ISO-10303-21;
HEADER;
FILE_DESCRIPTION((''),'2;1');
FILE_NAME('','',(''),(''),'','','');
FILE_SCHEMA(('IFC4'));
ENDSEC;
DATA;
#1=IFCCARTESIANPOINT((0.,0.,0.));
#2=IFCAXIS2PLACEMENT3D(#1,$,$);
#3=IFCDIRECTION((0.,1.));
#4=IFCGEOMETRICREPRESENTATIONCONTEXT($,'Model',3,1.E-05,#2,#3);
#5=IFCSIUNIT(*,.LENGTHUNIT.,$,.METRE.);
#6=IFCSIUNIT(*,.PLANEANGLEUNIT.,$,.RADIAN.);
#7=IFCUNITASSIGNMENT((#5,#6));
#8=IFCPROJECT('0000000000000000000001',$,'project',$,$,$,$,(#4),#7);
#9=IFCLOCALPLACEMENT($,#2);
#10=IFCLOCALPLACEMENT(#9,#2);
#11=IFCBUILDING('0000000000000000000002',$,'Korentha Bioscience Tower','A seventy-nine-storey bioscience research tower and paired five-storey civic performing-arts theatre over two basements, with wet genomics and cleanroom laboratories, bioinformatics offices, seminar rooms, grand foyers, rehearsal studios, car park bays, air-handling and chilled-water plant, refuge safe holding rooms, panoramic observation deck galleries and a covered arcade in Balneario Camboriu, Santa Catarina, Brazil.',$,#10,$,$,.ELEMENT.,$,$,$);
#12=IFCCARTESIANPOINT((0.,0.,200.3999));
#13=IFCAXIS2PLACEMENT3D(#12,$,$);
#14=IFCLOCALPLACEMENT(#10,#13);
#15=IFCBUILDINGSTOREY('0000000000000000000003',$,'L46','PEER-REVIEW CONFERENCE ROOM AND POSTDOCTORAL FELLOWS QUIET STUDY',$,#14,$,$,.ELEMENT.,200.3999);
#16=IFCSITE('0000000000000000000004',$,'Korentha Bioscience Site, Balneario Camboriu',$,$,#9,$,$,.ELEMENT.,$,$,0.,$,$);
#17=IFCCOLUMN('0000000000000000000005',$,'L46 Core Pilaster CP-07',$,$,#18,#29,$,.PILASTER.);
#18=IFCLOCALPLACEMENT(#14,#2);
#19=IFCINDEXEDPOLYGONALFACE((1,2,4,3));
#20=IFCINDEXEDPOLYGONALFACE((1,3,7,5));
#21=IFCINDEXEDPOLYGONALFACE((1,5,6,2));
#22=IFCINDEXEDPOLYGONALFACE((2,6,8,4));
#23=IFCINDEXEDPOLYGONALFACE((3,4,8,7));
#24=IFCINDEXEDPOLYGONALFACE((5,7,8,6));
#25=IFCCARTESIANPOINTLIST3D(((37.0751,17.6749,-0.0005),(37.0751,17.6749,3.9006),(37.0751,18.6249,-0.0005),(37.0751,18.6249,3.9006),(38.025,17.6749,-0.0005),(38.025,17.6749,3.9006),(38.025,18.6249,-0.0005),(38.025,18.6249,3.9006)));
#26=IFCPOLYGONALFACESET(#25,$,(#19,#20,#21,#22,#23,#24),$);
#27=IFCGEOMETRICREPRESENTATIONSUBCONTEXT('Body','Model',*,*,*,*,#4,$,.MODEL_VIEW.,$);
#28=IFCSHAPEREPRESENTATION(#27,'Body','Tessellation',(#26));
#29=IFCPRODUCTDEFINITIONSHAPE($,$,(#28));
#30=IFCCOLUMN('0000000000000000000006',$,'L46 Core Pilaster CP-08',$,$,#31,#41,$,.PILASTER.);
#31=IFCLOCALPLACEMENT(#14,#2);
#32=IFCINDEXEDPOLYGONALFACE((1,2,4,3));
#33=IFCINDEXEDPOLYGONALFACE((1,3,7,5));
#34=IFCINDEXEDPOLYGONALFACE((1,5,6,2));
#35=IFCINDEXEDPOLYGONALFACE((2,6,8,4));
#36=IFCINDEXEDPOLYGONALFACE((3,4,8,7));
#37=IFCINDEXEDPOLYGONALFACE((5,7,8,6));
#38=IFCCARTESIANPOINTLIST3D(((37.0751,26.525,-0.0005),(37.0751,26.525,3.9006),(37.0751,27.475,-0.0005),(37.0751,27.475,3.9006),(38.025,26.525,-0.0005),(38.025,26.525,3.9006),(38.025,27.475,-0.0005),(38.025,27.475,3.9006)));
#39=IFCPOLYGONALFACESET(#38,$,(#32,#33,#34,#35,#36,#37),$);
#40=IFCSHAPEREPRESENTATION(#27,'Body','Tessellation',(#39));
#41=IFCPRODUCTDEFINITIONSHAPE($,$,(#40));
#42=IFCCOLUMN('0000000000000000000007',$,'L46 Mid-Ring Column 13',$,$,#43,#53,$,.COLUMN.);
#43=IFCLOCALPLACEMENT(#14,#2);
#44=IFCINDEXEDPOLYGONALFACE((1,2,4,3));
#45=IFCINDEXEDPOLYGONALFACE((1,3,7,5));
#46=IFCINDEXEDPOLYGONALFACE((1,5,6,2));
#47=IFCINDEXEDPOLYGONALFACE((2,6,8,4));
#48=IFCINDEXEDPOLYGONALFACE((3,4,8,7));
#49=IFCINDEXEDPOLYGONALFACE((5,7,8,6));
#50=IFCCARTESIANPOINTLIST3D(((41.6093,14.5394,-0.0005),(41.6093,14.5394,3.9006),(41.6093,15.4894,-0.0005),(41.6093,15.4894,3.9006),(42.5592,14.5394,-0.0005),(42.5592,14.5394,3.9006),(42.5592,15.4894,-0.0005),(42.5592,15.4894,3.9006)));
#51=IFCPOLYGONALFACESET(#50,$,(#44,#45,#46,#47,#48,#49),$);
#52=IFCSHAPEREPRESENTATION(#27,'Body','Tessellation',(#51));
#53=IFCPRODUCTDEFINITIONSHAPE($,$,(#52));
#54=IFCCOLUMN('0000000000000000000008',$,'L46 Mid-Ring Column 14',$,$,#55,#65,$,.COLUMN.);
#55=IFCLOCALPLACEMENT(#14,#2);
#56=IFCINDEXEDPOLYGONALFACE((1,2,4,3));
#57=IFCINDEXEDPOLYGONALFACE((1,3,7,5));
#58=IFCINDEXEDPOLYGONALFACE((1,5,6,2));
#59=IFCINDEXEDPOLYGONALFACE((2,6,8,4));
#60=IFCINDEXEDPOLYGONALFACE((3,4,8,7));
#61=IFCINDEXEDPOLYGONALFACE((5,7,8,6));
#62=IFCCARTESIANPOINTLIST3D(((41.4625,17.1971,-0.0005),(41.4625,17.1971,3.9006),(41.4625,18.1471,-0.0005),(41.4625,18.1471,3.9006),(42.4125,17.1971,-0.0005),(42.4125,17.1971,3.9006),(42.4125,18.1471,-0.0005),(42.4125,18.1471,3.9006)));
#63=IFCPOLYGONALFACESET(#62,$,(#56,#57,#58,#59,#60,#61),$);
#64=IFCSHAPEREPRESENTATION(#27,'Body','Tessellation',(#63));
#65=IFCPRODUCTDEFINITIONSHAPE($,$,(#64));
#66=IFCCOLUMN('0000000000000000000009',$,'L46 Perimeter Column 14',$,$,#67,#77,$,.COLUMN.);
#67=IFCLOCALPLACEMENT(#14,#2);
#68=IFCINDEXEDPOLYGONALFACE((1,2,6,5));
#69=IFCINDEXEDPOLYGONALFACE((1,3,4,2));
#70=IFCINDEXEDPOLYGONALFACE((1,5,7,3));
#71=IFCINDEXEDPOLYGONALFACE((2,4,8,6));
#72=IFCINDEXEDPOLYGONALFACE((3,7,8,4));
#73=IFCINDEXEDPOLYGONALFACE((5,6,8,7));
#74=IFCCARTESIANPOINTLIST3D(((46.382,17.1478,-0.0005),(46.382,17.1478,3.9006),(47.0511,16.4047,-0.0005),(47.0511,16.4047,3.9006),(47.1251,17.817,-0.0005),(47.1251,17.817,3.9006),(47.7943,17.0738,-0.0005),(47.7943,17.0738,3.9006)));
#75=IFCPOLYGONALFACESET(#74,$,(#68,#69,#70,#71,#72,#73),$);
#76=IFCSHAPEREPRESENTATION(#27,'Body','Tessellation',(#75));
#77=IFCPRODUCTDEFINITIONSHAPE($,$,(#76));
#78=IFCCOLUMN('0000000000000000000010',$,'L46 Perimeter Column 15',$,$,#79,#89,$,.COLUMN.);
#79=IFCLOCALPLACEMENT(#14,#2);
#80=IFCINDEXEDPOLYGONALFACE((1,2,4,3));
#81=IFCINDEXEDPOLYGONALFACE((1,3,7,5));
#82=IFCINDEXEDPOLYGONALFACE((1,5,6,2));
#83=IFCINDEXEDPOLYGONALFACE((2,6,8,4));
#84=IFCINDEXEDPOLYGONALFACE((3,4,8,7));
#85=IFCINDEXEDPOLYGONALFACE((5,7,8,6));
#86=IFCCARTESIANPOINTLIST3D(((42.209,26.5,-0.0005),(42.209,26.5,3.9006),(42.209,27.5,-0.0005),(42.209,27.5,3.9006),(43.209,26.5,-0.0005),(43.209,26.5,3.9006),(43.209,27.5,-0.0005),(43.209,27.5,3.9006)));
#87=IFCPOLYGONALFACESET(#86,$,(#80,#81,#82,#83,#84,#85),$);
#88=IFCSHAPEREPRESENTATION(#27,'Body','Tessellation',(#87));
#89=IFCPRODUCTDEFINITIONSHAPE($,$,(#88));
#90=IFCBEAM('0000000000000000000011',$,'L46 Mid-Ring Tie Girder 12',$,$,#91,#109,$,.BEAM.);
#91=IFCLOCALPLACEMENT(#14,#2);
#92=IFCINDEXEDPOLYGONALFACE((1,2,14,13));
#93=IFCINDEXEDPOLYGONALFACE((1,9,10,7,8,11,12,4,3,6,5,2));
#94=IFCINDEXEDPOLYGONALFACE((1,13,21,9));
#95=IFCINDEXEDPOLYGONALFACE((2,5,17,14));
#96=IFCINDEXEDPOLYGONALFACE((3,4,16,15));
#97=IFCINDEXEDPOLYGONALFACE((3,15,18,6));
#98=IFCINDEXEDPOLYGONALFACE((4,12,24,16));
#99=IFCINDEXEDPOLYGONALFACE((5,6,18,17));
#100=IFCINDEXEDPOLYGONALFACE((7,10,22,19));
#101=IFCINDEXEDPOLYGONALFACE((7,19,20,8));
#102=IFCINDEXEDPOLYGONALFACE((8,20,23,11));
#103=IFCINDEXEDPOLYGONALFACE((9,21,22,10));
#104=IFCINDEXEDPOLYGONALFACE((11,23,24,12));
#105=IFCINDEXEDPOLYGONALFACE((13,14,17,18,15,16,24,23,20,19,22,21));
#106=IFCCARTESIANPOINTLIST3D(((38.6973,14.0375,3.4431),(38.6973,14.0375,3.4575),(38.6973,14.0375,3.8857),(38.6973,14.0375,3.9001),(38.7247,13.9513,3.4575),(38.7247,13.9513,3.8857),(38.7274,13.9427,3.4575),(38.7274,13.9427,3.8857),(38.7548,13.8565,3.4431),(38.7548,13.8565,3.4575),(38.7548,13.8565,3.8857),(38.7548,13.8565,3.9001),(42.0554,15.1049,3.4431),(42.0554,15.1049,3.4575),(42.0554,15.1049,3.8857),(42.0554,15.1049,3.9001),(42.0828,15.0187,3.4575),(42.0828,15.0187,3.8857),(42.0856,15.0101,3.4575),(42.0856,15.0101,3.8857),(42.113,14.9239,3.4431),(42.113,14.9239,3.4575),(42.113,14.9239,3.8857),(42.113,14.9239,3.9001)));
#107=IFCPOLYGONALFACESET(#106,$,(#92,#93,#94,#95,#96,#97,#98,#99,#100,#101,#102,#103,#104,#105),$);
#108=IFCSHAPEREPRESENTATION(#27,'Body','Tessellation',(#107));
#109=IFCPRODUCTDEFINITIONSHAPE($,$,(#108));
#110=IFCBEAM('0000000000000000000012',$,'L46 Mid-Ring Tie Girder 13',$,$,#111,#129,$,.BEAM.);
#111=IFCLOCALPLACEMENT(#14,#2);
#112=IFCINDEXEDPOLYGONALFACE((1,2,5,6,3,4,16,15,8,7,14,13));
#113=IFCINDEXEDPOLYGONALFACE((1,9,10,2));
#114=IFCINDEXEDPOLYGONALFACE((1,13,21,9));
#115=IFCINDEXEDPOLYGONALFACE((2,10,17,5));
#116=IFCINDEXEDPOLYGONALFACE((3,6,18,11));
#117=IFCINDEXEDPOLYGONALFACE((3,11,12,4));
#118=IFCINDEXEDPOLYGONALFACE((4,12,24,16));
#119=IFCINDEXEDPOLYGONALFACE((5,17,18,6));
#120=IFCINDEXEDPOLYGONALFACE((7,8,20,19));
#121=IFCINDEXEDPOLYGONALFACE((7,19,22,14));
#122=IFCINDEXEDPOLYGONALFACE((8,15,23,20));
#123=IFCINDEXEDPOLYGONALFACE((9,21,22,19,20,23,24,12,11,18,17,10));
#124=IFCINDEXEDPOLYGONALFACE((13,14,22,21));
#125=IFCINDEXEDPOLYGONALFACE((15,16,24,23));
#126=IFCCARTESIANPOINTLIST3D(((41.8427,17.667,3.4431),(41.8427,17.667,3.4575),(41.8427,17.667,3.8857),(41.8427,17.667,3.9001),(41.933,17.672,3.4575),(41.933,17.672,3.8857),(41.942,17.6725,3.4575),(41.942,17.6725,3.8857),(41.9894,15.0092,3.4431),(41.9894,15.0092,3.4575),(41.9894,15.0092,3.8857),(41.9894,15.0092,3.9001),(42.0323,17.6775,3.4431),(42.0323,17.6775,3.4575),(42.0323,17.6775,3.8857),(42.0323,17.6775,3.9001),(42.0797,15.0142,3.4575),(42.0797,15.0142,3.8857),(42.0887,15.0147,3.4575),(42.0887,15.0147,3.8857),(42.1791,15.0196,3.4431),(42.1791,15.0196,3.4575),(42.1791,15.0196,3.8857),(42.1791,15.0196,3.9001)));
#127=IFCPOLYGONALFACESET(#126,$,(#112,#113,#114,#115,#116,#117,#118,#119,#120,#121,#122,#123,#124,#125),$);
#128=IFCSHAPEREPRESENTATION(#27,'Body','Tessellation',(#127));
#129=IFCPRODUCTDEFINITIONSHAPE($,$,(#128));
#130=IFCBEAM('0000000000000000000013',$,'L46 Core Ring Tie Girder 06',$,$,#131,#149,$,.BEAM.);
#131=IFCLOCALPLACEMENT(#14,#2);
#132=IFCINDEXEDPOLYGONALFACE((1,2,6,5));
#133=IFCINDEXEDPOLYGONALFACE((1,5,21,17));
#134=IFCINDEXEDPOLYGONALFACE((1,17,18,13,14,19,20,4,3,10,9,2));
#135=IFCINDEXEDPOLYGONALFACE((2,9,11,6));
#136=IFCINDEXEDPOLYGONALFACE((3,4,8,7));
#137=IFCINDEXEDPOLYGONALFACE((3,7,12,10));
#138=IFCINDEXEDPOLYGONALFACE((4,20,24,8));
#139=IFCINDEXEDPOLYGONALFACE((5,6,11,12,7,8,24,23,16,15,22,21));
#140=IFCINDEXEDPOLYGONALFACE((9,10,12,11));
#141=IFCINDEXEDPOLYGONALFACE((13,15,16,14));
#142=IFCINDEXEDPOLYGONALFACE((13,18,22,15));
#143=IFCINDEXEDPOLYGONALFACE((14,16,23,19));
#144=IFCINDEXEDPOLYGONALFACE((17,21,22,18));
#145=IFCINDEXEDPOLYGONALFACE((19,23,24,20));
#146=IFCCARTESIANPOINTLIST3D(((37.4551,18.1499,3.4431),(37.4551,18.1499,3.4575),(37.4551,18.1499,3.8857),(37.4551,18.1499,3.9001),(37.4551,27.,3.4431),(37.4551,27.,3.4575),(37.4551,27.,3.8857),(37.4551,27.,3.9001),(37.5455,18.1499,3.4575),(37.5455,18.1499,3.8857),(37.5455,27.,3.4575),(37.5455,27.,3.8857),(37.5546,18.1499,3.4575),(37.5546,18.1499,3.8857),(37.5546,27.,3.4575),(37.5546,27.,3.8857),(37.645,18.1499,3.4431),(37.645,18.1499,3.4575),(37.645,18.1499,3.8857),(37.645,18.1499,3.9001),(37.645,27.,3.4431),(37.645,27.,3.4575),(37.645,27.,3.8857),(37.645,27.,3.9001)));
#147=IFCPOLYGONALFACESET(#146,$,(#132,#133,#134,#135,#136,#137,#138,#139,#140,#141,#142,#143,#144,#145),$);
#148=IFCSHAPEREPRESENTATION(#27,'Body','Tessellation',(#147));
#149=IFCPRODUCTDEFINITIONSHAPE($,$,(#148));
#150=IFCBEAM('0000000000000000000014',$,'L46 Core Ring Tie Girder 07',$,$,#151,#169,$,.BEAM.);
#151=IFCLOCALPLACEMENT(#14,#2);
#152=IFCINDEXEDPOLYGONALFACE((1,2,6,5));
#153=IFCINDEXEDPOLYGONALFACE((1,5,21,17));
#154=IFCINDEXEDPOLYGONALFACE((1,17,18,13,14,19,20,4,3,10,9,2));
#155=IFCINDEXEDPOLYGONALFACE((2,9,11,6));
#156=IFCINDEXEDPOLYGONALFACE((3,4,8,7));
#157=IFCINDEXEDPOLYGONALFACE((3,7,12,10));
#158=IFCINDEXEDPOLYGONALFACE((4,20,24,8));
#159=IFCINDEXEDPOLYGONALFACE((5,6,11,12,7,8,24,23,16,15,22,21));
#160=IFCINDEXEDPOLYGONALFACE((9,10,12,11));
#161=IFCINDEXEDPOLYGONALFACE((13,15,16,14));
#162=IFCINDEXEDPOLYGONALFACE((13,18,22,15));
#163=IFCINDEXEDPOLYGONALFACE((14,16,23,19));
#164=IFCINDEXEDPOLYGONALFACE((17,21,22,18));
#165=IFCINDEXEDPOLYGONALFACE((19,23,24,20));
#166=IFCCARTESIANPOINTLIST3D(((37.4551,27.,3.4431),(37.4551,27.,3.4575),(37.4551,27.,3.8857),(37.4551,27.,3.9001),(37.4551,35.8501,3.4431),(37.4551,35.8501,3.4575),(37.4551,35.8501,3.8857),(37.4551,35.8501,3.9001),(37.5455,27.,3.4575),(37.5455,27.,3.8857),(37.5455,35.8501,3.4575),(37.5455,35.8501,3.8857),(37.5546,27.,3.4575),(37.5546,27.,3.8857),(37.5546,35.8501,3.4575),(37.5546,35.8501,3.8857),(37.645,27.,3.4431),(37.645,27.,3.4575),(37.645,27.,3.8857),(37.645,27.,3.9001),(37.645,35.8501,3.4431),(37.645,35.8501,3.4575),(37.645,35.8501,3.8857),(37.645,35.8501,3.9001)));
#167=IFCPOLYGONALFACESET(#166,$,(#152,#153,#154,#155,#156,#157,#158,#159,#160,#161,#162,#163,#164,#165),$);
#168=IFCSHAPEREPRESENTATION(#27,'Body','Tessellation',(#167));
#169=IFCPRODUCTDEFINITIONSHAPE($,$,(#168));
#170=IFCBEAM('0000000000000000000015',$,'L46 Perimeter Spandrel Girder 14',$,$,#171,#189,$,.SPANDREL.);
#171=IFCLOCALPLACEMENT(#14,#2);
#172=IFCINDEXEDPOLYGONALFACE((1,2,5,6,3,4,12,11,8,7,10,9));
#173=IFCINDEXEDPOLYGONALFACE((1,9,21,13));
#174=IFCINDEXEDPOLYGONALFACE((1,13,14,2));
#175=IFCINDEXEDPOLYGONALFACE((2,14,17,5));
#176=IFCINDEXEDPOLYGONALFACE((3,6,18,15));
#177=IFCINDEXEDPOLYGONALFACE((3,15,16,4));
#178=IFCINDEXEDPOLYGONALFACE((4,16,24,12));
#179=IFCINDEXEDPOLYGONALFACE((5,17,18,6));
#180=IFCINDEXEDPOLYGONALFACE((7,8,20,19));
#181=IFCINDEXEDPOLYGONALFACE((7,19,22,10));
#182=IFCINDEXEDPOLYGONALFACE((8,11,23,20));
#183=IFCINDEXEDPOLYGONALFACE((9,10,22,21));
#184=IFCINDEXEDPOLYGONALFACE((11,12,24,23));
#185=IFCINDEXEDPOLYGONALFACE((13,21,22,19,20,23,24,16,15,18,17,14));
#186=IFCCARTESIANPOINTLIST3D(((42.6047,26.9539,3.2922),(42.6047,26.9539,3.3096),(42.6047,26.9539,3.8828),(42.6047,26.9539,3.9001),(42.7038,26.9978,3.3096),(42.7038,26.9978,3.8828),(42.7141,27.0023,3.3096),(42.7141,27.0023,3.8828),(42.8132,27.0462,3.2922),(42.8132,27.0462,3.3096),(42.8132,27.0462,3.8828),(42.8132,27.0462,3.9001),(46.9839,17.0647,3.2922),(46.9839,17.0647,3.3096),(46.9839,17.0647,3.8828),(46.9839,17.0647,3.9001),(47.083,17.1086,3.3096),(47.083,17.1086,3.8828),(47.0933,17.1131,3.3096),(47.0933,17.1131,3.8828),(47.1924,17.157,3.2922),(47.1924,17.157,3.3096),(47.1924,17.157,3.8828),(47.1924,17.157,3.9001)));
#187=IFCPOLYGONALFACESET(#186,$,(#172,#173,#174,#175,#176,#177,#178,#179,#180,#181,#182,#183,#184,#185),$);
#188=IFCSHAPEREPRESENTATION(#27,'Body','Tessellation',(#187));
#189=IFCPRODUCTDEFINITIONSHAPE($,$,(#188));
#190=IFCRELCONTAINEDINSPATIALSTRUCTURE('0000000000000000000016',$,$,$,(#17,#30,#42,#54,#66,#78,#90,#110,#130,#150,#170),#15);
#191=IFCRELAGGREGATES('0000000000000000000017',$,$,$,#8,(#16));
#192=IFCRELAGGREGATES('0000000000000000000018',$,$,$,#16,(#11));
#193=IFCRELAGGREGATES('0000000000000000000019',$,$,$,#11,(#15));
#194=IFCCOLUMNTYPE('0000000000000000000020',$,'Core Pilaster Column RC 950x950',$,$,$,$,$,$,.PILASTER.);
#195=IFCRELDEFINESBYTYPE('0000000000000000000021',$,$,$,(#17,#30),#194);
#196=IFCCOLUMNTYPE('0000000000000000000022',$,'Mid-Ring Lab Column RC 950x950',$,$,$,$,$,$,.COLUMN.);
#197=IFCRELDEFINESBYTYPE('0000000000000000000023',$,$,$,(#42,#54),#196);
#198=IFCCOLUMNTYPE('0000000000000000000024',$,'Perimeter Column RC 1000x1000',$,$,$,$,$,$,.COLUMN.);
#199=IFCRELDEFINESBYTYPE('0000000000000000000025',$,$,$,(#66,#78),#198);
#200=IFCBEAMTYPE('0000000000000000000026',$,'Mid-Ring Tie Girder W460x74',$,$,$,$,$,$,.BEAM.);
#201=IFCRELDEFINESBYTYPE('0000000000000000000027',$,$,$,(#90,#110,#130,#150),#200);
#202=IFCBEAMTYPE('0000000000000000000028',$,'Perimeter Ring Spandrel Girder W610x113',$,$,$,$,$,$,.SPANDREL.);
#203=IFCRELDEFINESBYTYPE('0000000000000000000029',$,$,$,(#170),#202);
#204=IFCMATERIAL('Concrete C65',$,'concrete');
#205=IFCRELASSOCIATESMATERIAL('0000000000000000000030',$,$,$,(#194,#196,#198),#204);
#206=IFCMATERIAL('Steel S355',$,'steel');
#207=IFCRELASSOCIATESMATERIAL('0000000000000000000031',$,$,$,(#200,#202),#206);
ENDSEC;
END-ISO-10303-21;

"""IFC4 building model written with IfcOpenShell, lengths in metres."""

from ifc_helpers import new_model, si_unit, direction, frame, origin, origin_2d, place, context, subcontext, project, spatial, rectangle, i_section, extrude, material, material_profile, profile_set, type_object, element, save


model = new_model("IFC4")

# Units and contexts
model_context = context("Model", 3, precision=1e-05, world=origin(), true_north=direction((0.0, 1.0)))
body_context = subcontext(model_context, "Body", "Model", "MODEL_VIEW")
ifc_project = project(units=[si_unit("LENGTHUNIT", "METRE"), si_unit("PLANEANGLEUNIT", "RADIAN")], contexts=[model_context])

# Site, building, storey
site_placement = place(None, origin())
site = spatial("IfcSite", under=ifc_project, at=site_placement, Name="Korentha Bioscience Site, Balneario Camboriu", CompositionType="ELEMENT", RefElevation=0.0)
building_placement = place(site_placement, origin())
building = spatial("IfcBuilding", under=site, at=building_placement, Name="Korentha Bioscience Tower", Description="A seventy-nine-storey bioscience research tower and paired five-storey civic performing-arts theatre over two basements, with wet genomics and cleanroom laboratories, bioinformatics offices, seminar rooms, grand foyers, rehearsal studios, car park bays, air-handling and chilled-water plant, refuge safe holding rooms, panoramic observation deck galleries and a covered arcade in Balneario Camboriu, Santa Catarina, Brazil.", CompositionType="ELEMENT")
storey_placement = place(building_placement, frame((0.0, 0.0, 200.3999)))
storey = spatial("IfcBuildingStorey", under=building, at=storey_placement, Name="L46", Description="PEER-REVIEW CONFERENCE ROOM AND POSTDOCTORAL FELLOWS QUIET STUDY", CompositionType="ELEMENT", Elevation=200.3999)

# Columns
ifc_material_1 = material(Name="Concrete C65", Category="concrete")
ifc_material_profile_1 = material_profile(ifc_material_1, rectangle(XDim=0.95, YDim=0.95, at=origin_2d()), Name="Concrete C65")
ifc_profile_set_1 = profile_set([ifc_material_profile_1], Name="Concrete C65 (COL-CP09)")
column_type_1 = type_object("IfcColumnType", Name="Core Pilaster Column RC 950x950", PredefinedType="PILASTER", material=ifc_profile_set_1)
for number, where, z_axis, x_axis, name in (
    (1, (37.55, 18.1499, -0.0005), (0.0, 0.0, 1.0), (1.0, 0.0, 0.0), "L46 Core Pilaster CP-07"),
    (2, (37.55, 27.0, -0.0005), (0.0, 0.0, 1.0), (1.0, 0.0, 0.0), "L46 Core Pilaster CP-08"),
):
    element("IfcColumn", number, at=place(storey_placement, frame(where, z_axis=z_axis, x_axis=x_axis)), inside=storey, type_object=column_type_1, Name=name, PredefinedType="PILASTER", context=body_context, shape_type="SweptSolid", body=[
        extrude(rectangle(XDim=0.95, YDim=0.95, at=origin_2d()), origin(), (0.0, 0.0, 1.0), 3.9011),
    ])
ifc_material_profile_2 = material_profile(ifc_material_1, rectangle(XDim=0.95, YDim=0.95, at=origin_2d()), Name="Concrete C65")
ifc_profile_set_2 = profile_set([ifc_material_profile_2], Name="Concrete C65 (COL-MR09)")
column_type_2 = type_object("IfcColumnType", Name="Mid-Ring Lab Column RC 950x950", PredefinedType="COLUMN", material=ifc_profile_set_2)
for number, where, z_axis, x_axis, name in (
    (3, (42.0842, 15.0144, -0.0005), (0.0, 0.0, 1.0), (1.0, 0.0, 0.0), "L46 Mid-Ring Column 13"),
    (4, (41.9375, 17.6721, -0.0005), (0.0, 0.0, 1.0), (1.0, 0.0, 0.0), "L46 Mid-Ring Column 14"),
):
    element("IfcColumn", number, at=place(storey_placement, frame(where, z_axis=z_axis, x_axis=x_axis)), inside=storey, type_object=column_type_2, Name=name, PredefinedType="COLUMN", context=body_context, shape_type="SweptSolid", body=[
        extrude(rectangle(XDim=0.95, YDim=0.95, at=origin_2d()), origin(), (0.0, 0.0, 1.0), 3.9011),
    ])
ifc_material_profile_3 = material_profile(ifc_material_1, rectangle(XDim=1.0, YDim=1.0, at=origin_2d()), Name="Concrete C65")
ifc_profile_set_3 = profile_set([ifc_material_profile_3], Name="Concrete C65 (COL-P10)")
column_type_3 = type_object("IfcColumnType", Name="Perimeter Column RC 1000x1000", PredefinedType="COLUMN", material=ifc_profile_set_3)
for number, where, z_axis, x_axis, name in (
    (5, (47.0881, 17.1108, -0.0005), (0.0, 0.0, 1.0), (-0.669131, 0.743145, 0.0), "L46 Perimeter Column 14"),
    (6, (42.709, 27.0, -0.0005), (0.0, 0.0, 1.0), (0.0, 1.0, 0.0), "L46 Perimeter Column 15"),
):
    element("IfcColumn", number, at=place(storey_placement, frame(where, z_axis=z_axis, x_axis=x_axis)), inside=storey, type_object=column_type_3, Name=name, PredefinedType="COLUMN", context=body_context, shape_type="SweptSolid", body=[
        extrude(rectangle(XDim=1.0, YDim=1.0, at=origin_2d()), origin(), (0.0, 0.0, 1.0), 3.9011),
    ])

# Beams
ifc_material_2 = material(Name="Steel S355", Category="steel")
ifc_material_profile_4 = material_profile(ifc_material_2, i_section(OverallWidth=0.1899, OverallDepth=0.457, WebThickness=0.009, FlangeThickness=0.0144, at=origin_2d()), Name="Steel S355")
ifc_profile_set_4 = profile_set([ifc_material_profile_4], Name="Steel S355 (MB-460)")
beam_type_1 = type_object("IfcBeamType", Name="Mid-Ring Tie Girder W460x74", PredefinedType="BEAM", material=ifc_profile_set_4)
beam_1_placement = place(storey_placement, frame((38.7261, 13.947, 3.6716), z_axis=(0.953018, 0.302915, 0.0), x_axis=(-0.302915, 0.953018, 0.0)))
element("IfcBeam", 7, at=beam_1_placement, inside=storey, type_object=beam_type_1, Name="L46 Mid-Ring Tie Girder 12", PredefinedType="BEAM", context=body_context, shape_type="SweptSolid", body=[
    extrude(i_section(OverallWidth=0.1899, OverallDepth=0.457, WebThickness=0.009, FlangeThickness=0.0144, at=origin_2d()), origin(), (0.0, 0.0, 1.0), 3.5237),
])
beam_2_placement = place(storey_placement, frame((42.0842, 15.0144, 3.6716), z_axis=(-0.055125, 0.998479, 0.0), x_axis=(-0.998479, -0.055125, 0.0)))
element("IfcBeam", 8, at=beam_2_placement, inside=storey, type_object=beam_type_1, Name="L46 Mid-Ring Tie Girder 13", PredefinedType="BEAM", context=body_context, shape_type="SweptSolid", body=[
    extrude(i_section(OverallWidth=0.1899, OverallDepth=0.457, WebThickness=0.009, FlangeThickness=0.0144, at=origin_2d()), origin(), (0.0, 0.0, 1.0), 2.6619),
])
for number, where, z_axis, x_axis, name in (
    (9, (37.55, 18.1499, 3.6716), (0.0, 1.0, 0.0), (-1.0, 0.0, 0.0), "L46 Core Ring Tie Girder 06"),
    (10, (37.55, 27.0, 3.6716), (0.0, 1.0, 0.0), (-1.0, 0.0, 0.0), "L46 Core Ring Tie Girder 07"),
):
    element("IfcBeam", number, at=place(storey_placement, frame(where, z_axis=z_axis, x_axis=x_axis)), inside=storey, type_object=beam_type_1, Name=name, PredefinedType="BEAM", context=body_context, shape_type="SweptSolid", body=[
        extrude(i_section(OverallWidth=0.1899, OverallDepth=0.457, WebThickness=0.009, FlangeThickness=0.0144, at=origin_2d()), origin(), (0.0, 0.0, 1.0), 8.8501),
    ])
ifc_material_profile_5 = material_profile(ifc_material_2, i_section(OverallWidth=0.228, OverallDepth=0.6079, WebThickness=0.0112, FlangeThickness=0.0173, at=origin_2d()), Name="Steel S355")
ifc_profile_set_5 = profile_set([ifc_material_profile_5], Name="Steel S355 (SB-610)")
beam_type_2 = type_object("IfcBeamType", Name="Perimeter Ring Spandrel Girder W610x113", PredefinedType="SPANDREL", material=ifc_profile_set_5)
beam_3_placement = place(storey_placement, frame((47.0881, 17.1108, 3.5962), z_axis=(-0.4049, 0.914361, 0.0), x_axis=(-0.914361, -0.4049, 0.0)))
element("IfcBeam", 11, at=beam_3_placement, inside=storey, type_object=beam_type_2, Name="L46 Perimeter Spandrel Girder 14", PredefinedType="SPANDREL", context=body_context, shape_type="SweptSolid", body=[
    extrude(i_section(OverallWidth=0.228, OverallDepth=0.6079, WebThickness=0.0112, FlangeThickness=0.0173, at=origin_2d()), origin(), (0.0, 0.0, 1.0), 10.8154),
])

save(model, "model.ifc")
